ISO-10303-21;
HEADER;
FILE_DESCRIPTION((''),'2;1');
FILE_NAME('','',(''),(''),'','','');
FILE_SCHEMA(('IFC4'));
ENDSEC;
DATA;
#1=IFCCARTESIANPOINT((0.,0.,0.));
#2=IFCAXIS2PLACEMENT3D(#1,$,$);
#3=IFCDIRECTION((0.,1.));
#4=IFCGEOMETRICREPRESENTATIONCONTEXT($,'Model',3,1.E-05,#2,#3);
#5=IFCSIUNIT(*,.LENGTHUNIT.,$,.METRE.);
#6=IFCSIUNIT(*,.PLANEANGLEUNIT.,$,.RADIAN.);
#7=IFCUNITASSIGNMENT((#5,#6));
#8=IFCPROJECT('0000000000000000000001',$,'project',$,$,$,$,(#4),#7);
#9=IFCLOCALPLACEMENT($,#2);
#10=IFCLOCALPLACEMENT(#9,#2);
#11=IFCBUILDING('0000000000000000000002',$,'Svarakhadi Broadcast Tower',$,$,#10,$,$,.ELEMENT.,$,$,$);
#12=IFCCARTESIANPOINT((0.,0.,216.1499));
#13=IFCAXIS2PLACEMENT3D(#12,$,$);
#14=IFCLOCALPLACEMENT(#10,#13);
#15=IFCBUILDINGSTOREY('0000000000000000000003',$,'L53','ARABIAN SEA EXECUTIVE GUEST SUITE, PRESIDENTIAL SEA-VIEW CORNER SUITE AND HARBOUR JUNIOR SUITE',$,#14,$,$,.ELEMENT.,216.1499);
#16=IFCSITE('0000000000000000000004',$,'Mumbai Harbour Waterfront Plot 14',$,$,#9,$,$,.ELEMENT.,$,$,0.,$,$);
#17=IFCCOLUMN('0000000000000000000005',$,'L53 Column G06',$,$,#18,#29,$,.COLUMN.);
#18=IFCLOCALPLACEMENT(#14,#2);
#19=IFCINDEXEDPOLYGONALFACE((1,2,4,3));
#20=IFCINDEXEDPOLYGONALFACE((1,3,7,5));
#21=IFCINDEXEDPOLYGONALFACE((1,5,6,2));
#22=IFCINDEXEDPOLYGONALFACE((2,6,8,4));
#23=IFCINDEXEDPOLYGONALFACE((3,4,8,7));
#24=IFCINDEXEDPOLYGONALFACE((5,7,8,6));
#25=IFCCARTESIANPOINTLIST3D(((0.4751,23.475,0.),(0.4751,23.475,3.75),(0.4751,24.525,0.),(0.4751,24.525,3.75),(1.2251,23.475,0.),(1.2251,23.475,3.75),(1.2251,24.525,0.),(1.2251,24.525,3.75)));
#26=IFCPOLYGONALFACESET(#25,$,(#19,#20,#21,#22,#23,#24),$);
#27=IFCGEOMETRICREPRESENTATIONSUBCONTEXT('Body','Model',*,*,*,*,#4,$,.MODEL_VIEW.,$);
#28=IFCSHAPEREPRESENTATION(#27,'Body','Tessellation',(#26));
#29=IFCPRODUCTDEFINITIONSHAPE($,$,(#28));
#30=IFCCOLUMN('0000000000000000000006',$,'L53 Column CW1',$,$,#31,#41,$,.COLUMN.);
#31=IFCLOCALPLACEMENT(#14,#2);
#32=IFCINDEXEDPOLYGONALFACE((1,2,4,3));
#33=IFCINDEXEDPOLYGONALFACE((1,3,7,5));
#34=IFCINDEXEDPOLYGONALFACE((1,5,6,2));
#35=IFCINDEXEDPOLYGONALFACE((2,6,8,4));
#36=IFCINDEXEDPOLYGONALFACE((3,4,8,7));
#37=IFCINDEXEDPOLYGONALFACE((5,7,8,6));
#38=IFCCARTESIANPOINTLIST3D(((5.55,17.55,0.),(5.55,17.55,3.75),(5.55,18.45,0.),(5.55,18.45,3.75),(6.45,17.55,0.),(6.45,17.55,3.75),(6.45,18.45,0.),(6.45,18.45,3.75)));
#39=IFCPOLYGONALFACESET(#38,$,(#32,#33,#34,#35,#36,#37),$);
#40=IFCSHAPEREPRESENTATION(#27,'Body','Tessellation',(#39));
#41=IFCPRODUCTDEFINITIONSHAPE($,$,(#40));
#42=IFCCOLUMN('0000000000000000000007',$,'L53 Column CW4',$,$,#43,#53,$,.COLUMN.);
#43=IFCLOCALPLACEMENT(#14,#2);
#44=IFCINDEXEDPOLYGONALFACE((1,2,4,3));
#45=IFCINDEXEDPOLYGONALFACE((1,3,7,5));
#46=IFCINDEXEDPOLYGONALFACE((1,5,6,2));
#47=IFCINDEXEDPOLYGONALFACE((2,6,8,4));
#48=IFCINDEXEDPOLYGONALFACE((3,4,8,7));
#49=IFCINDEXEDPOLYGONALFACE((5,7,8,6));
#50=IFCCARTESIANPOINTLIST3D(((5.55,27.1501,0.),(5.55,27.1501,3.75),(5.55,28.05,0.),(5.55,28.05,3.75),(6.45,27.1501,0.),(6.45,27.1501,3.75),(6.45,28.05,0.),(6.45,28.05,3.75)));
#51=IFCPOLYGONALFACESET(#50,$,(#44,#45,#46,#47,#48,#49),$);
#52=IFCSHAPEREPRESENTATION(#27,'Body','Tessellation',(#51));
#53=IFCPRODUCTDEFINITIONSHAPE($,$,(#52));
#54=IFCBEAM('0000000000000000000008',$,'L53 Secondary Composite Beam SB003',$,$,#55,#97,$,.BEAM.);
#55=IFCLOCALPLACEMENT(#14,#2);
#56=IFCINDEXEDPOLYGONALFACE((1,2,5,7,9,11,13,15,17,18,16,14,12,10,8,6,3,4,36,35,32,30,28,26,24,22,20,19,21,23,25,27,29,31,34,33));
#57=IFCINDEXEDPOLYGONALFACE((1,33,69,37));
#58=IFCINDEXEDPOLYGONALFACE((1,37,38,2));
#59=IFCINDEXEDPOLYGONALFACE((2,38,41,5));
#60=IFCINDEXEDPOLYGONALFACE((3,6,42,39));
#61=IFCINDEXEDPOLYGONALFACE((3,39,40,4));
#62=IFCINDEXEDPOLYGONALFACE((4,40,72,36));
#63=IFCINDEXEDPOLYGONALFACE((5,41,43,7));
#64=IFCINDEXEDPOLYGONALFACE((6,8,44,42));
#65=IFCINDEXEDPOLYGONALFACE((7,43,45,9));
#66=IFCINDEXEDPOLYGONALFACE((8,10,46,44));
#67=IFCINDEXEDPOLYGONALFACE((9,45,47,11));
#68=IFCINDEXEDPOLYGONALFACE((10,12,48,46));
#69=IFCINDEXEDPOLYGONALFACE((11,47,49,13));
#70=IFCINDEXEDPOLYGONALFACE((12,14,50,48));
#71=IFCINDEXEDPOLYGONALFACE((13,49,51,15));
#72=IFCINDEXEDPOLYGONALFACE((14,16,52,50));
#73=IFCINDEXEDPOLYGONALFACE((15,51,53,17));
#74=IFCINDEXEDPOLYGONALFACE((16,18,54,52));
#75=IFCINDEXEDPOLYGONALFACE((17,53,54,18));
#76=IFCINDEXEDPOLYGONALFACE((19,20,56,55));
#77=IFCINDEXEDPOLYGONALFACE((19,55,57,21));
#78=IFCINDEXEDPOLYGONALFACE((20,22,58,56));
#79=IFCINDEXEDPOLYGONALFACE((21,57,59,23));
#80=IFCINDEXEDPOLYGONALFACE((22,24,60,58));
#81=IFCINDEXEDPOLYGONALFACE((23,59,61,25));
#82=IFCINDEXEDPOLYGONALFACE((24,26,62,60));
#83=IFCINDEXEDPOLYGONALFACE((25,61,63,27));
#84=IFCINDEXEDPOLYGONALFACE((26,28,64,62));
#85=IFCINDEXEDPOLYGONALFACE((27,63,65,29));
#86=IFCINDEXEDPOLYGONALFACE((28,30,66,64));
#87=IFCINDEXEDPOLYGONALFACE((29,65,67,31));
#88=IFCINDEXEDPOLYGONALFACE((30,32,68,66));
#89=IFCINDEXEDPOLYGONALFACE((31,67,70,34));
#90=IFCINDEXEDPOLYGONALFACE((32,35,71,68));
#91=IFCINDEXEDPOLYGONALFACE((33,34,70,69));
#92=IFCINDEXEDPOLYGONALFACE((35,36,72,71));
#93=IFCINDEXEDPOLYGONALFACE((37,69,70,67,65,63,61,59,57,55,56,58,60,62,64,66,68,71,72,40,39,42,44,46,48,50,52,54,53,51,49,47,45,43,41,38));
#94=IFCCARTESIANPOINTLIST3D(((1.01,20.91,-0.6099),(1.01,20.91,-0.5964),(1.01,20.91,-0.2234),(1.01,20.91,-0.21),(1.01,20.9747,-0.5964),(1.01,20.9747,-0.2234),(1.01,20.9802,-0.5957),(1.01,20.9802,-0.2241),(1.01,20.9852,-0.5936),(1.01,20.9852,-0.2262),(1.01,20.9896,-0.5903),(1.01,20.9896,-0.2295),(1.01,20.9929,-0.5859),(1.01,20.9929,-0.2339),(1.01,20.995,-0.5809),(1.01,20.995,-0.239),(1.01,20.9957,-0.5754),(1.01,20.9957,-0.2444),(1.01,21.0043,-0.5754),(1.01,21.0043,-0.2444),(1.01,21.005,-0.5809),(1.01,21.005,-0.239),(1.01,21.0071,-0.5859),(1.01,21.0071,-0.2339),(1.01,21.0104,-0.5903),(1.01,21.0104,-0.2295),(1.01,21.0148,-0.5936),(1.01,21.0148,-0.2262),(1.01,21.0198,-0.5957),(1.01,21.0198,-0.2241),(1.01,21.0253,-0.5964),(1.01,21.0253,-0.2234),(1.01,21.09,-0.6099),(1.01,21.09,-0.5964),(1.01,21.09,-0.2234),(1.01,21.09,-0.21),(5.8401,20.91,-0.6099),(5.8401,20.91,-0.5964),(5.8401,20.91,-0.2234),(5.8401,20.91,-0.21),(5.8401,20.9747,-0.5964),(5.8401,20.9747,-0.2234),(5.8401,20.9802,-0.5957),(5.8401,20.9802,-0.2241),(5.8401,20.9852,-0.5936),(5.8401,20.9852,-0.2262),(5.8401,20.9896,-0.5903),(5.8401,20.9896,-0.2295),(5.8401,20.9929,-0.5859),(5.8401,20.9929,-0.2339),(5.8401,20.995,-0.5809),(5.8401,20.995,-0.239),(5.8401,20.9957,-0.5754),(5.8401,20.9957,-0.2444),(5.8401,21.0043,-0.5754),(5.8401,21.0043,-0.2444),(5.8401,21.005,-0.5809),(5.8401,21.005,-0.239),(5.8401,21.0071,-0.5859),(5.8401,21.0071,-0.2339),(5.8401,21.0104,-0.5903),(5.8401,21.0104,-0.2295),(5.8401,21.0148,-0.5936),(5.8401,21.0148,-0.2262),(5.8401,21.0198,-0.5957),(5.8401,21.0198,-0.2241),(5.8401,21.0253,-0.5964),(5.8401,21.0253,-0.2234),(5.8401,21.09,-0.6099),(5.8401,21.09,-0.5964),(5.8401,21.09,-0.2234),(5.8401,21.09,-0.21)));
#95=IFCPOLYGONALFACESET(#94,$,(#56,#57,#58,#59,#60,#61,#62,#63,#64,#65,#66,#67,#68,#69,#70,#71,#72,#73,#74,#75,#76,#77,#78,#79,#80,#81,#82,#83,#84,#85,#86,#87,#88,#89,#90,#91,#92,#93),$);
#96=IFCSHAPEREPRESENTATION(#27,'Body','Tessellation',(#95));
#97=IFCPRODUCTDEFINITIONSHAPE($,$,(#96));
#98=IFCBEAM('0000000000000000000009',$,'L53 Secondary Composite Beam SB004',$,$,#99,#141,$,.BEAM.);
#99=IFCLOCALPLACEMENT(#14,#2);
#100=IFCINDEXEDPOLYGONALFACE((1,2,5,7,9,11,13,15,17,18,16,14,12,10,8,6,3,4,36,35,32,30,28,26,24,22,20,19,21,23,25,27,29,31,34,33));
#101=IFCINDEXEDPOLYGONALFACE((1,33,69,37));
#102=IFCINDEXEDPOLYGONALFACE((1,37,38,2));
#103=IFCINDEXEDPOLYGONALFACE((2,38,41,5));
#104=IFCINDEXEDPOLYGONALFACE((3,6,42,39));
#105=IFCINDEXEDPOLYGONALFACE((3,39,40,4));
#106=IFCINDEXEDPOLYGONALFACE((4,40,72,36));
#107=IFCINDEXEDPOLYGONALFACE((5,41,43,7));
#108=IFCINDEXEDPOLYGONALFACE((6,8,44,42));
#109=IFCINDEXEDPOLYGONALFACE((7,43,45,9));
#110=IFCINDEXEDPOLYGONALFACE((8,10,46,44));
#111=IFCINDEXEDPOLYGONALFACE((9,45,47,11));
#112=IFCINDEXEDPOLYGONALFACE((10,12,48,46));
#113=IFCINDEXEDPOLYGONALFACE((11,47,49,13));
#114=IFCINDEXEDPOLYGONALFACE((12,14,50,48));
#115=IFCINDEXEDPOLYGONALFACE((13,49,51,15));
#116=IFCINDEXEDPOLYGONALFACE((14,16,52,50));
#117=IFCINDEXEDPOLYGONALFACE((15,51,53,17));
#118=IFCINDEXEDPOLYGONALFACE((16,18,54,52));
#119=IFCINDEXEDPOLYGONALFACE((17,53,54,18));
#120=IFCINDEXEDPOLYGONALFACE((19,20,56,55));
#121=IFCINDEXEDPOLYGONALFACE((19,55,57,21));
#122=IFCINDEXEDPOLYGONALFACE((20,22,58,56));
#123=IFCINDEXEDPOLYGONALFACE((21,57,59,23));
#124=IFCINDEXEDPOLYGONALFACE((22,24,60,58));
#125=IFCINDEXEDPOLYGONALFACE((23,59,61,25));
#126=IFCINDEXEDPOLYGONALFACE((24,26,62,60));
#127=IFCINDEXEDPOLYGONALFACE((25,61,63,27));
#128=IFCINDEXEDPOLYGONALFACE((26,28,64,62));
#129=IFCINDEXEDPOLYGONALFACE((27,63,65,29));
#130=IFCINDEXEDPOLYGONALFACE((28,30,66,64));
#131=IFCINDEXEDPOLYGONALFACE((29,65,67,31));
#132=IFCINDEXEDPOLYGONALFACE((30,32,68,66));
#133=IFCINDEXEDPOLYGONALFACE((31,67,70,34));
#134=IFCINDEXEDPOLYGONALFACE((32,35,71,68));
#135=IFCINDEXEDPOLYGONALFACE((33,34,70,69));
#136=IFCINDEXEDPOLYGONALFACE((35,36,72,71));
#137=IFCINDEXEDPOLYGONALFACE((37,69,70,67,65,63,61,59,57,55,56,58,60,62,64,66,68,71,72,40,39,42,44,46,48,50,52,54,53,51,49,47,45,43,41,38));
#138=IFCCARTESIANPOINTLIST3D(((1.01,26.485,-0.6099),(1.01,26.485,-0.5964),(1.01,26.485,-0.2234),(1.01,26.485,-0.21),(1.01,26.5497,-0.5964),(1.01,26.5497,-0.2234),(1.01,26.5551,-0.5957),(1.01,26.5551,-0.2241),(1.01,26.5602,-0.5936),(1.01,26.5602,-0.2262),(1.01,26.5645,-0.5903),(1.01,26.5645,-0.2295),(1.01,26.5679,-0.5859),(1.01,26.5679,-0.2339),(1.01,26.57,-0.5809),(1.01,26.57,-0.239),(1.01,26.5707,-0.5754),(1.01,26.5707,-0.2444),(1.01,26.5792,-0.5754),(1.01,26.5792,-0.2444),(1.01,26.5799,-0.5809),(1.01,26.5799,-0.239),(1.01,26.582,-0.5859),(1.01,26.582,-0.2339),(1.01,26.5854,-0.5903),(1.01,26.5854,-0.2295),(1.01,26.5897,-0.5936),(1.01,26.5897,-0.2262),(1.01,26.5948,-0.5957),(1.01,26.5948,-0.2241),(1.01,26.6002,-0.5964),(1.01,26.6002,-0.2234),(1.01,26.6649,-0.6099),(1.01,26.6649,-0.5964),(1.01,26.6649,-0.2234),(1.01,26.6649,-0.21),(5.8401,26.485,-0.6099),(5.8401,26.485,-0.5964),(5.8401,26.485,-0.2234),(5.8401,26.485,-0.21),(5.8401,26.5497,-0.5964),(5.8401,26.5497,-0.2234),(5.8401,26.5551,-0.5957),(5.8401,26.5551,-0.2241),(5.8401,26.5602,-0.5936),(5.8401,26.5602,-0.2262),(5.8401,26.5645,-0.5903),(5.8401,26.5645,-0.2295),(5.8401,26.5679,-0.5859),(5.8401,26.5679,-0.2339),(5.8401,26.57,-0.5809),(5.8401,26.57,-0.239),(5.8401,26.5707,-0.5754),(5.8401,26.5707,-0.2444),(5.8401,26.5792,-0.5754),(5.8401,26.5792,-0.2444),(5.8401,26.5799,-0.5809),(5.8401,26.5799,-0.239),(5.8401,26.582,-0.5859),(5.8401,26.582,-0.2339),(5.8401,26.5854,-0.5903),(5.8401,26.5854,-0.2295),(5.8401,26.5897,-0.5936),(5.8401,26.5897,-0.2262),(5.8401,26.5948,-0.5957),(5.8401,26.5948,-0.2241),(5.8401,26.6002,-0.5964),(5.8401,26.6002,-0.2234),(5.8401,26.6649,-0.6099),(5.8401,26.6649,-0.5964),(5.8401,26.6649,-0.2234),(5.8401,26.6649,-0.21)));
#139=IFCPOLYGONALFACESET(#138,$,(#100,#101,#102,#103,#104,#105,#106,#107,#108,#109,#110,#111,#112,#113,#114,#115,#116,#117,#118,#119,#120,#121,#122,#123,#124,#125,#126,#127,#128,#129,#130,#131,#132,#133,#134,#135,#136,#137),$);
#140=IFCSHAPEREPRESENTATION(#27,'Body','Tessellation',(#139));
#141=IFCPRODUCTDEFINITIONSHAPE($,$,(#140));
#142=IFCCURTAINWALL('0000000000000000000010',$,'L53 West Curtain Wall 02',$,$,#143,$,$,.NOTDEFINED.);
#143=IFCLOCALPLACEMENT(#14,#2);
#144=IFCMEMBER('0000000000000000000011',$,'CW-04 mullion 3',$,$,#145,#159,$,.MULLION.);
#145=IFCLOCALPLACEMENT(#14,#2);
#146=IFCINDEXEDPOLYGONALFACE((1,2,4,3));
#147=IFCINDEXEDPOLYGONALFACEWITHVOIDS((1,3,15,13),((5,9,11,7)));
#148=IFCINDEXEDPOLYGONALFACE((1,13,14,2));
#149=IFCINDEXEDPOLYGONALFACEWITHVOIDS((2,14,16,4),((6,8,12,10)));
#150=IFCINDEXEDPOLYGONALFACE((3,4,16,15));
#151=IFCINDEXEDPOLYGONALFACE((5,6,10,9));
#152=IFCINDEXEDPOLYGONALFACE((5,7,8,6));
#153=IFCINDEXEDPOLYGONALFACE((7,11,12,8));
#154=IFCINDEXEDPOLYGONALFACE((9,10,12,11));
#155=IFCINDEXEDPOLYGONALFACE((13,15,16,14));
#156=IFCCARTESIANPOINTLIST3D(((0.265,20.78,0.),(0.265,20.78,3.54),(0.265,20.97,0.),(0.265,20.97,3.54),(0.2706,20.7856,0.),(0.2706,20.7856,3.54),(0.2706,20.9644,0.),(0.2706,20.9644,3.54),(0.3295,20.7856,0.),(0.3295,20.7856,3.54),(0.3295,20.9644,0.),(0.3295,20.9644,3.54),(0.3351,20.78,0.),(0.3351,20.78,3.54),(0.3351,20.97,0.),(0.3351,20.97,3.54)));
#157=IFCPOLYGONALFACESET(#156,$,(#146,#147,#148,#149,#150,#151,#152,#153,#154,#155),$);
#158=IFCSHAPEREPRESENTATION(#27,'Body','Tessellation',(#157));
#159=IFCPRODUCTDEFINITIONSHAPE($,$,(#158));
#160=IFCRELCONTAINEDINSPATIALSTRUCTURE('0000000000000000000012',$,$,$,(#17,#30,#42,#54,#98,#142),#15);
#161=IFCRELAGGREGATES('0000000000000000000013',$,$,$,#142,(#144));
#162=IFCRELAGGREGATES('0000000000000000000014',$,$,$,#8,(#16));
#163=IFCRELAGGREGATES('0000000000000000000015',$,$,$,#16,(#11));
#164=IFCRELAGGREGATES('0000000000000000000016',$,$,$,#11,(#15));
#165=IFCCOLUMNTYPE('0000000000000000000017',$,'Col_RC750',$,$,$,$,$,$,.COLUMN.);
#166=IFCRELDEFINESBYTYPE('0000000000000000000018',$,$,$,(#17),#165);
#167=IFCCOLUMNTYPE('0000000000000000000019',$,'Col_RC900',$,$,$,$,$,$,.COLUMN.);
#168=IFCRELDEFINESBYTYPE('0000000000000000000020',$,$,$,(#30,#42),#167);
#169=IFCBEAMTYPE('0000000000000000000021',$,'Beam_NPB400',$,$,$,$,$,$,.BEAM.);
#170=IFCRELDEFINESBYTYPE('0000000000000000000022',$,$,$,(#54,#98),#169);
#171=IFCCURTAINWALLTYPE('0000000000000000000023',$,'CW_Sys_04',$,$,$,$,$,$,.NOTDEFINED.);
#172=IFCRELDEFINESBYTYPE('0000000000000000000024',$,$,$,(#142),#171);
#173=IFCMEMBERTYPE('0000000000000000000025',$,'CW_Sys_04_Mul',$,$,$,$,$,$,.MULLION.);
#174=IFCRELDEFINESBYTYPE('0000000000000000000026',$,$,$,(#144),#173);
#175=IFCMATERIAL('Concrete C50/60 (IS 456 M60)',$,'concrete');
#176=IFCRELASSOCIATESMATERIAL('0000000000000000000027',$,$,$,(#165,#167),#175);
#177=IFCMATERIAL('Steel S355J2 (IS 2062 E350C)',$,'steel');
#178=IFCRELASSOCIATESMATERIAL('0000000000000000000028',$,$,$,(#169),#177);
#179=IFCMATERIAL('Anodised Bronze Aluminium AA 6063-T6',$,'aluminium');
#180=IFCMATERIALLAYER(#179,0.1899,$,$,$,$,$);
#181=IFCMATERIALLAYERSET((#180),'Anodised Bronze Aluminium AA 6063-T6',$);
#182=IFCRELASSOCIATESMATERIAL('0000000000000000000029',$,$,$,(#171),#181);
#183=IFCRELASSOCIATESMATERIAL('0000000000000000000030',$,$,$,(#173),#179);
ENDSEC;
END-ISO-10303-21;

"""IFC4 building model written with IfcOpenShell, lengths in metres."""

from ifc_helpers import new_model, si_unit, direction, frame, origin, origin_2d, place, context, subcontext, project, spatial, rectangle, hollow_rectangle, i_section, extrude, material, layer, layer_set, material_profile, profile_set, type_object, element, aggregate, save


model = new_model("IFC4")

# Units and contexts
model_context = context("Model", 3, precision=1e-05, world=origin(), true_north=direction((0.0, 1.0)))
body_context = subcontext(model_context, "Body", "Model", "MODEL_VIEW")
ifc_project = project(units=[si_unit("LENGTHUNIT", "METRE"), si_unit("PLANEANGLEUNIT", "RADIAN")], contexts=[model_context])

# Site, building, storey
site_placement = place(None, origin())
site = spatial("IfcSite", under=ifc_project, at=site_placement, Name="Mumbai Harbour Waterfront Plot 14", CompositionType="ELEMENT", RefElevation=0.0)
building_placement = place(site_placement, origin())
building = spatial("IfcBuilding", under=site, at=building_placement, Name="Svarakhadi Broadcast Tower", CompositionType="ELEMENT")
storey_placement = place(building_placement, frame((0.0, 0.0, 216.1499)))
storey = spatial("IfcBuildingStorey", under=building, at=storey_placement, Name="L53", Description="ARABIAN SEA EXECUTIVE GUEST SUITE, PRESIDENTIAL SEA-VIEW CORNER SUITE AND HARBOUR JUNIOR SUITE", CompositionType="ELEMENT", Elevation=216.1499)

# Columns
ifc_material_1 = material(Name="Concrete C50/60 (IS 456 M60)", Category="concrete")
ifc_material_profile_1 = material_profile(ifc_material_1, rectangle(XDim=0.75, YDim=1.05, at=origin_2d()), Name="RC 750x1050")
ifc_profile_set_1 = profile_set([ifc_material_profile_1], Name="Concrete C50/60 (IS 456 M60)")
column_type_1 = type_object("IfcColumnType", Name="Col_RC750", PredefinedType="COLUMN", material=ifc_profile_set_1)
column_placement = place(storey_placement, frame((0.8501, 24.0, 0.0), z_axis=(0.0, 0.0, 1.0), x_axis=(1.0, 0.0, 0.0)))
element("IfcColumn", 1, at=column_placement, inside=storey, type_object=column_type_1, Name="L53 Column G06", PredefinedType="COLUMN", context=body_context, shape_type="SweptSolid", body=[
    extrude(rectangle(XDim=0.75, YDim=1.05, at=origin_2d()), origin(), (0.0, 0.0, 1.0), 3.75),
])
ifc_material_profile_2 = material_profile(ifc_material_1, rectangle(XDim=0.8999, YDim=0.8999, at=origin_2d()), Name="RC 900x900")
ifc_profile_set_2 = profile_set([ifc_material_profile_2], Name="Concrete C50/60 (IS 456 M60)")
column_type_2 = type_object("IfcColumnType", Name="Col_RC900", PredefinedType="COLUMN", material=ifc_profile_set_2)
for number, where, z_axis, x_axis, name in (
    (2, (6.0, 18.0, 0.0), (0.0, 0.0, 1.0), (1.0, 0.0, 0.0), "L53 Column CW1"),
    (3, (6.0, 27.6001, 0.0), (0.0, 0.0, 1.0), (1.0, 0.0, 0.0), "L53 Column CW4"),
):
    element("IfcColumn", number, at=place(storey_placement, frame(where, z_axis=z_axis, x_axis=x_axis)), inside=storey, type_object=column_type_2, Name=name, PredefinedType="COLUMN", context=body_context, shape_type="SweptSolid", body=[
        extrude(rectangle(XDim=0.8999, YDim=0.8999, at=origin_2d()), origin(), (0.0, 0.0, 1.0), 3.75),
    ])

# Beams
ifc_material_2 = material(Name="Steel S355J2 (IS 2062 E350C)", Category="steel")
ifc_material_profile_3 = material_profile(ifc_material_2, i_section(OverallWidth=0.1799, OverallDepth=0.3999, WebThickness=0.0085, FlangeThickness=0.0134, FilletRadius=0.021, at=origin_2d()), Name="NPB 400x180x66")
ifc_profile_set_3 = profile_set([ifc_material_profile_3], Name="Steel S355J2 (IS 2062 E350C)")
beam_type_1 = type_object("IfcBeamType", Name="Beam_NPB400", PredefinedType="BEAM", material=ifc_profile_set_3)
for number, where, z_axis, x_axis, name in (
    (4, (1.01, 21.0, -0.4099), (1.0, 0.0, 0.0), (0.0, 1.0, 0.0), "L53 Secondary Composite Beam SB003"),
    (5, (1.01, 26.575, -0.4099), (1.0, 0.0, 0.0), (0.0, 1.0, 0.0), "L53 Secondary Composite Beam SB004"),
):
    element("IfcBeam", number, at=place(storey_placement, frame(where, z_axis=z_axis, x_axis=x_axis)), inside=storey, type_object=beam_type_1, Name=name, PredefinedType="BEAM", context=body_context, shape_type="SweptSolid", body=[
        extrude(i_section(OverallWidth=0.1799, OverallDepth=0.3999, WebThickness=0.0085, FlangeThickness=0.0134, FilletRadius=0.021, at=origin_2d()), origin(), (0.0, 0.0, 1.0), 4.8301),
    ])

# Curtain wall, member
ifc_material_3 = material(Name="Anodised Bronze Aluminium AA 6063-T6", Category="aluminium")
ifc_layer_1 = layer(ifc_material_3, 0.1899)
ifc_layer_set_1 = layer_set([ifc_layer_1], Name="Anodised Bronze Aluminium AA 6063-T6")
curtain_wall_type = type_object("IfcCurtainWallType", Name="CW_Sys_04", PredefinedType="NOTDEFINED", material=ifc_layer_set_1)
curtain_wall_placement = place(storey_placement, origin())
curtain_wall = element("IfcCurtainWall", 6, at=curtain_wall_placement, inside=storey, type_object=curtain_wall_type, Name="L53 West Curtain Wall 02", PredefinedType="NOTDEFINED")
ifc_material_profile_4 = material_profile(ifc_material_3, hollow_rectangle(XDim=0.0701, YDim=0.1899, WallThickness=0.0056, at=origin_2d()), Name="ALU MULLION 190x70x6")
ifc_profile_set_4 = profile_set([ifc_material_profile_4], Name="Anodised Bronze Aluminium AA 6063-T6")
member_type = type_object("IfcMemberType", Name="CW_Sys_04_Mul", PredefinedType="MULLION", material=ifc_profile_set_4)
member_placement = place(storey_placement, frame((0.3, 20.875, 0.0), z_axis=(0.0, 0.0, 1.0), x_axis=(-1.0, 0.0, 0.0)))
member = element("IfcMember", 7, at=member_placement, type_object=member_type, Name="CW-04 mullion 3", PredefinedType="MULLION", context=body_context, shape_type="SweptSolid", body=[
    extrude(hollow_rectangle(XDim=0.0701, YDim=0.1899, WallThickness=0.0056, at=origin_2d()), origin(), (0.0, 0.0, 1.0), 3.54),
])
aggregate(curtain_wall, [member])

save(model, "model.ifc")
